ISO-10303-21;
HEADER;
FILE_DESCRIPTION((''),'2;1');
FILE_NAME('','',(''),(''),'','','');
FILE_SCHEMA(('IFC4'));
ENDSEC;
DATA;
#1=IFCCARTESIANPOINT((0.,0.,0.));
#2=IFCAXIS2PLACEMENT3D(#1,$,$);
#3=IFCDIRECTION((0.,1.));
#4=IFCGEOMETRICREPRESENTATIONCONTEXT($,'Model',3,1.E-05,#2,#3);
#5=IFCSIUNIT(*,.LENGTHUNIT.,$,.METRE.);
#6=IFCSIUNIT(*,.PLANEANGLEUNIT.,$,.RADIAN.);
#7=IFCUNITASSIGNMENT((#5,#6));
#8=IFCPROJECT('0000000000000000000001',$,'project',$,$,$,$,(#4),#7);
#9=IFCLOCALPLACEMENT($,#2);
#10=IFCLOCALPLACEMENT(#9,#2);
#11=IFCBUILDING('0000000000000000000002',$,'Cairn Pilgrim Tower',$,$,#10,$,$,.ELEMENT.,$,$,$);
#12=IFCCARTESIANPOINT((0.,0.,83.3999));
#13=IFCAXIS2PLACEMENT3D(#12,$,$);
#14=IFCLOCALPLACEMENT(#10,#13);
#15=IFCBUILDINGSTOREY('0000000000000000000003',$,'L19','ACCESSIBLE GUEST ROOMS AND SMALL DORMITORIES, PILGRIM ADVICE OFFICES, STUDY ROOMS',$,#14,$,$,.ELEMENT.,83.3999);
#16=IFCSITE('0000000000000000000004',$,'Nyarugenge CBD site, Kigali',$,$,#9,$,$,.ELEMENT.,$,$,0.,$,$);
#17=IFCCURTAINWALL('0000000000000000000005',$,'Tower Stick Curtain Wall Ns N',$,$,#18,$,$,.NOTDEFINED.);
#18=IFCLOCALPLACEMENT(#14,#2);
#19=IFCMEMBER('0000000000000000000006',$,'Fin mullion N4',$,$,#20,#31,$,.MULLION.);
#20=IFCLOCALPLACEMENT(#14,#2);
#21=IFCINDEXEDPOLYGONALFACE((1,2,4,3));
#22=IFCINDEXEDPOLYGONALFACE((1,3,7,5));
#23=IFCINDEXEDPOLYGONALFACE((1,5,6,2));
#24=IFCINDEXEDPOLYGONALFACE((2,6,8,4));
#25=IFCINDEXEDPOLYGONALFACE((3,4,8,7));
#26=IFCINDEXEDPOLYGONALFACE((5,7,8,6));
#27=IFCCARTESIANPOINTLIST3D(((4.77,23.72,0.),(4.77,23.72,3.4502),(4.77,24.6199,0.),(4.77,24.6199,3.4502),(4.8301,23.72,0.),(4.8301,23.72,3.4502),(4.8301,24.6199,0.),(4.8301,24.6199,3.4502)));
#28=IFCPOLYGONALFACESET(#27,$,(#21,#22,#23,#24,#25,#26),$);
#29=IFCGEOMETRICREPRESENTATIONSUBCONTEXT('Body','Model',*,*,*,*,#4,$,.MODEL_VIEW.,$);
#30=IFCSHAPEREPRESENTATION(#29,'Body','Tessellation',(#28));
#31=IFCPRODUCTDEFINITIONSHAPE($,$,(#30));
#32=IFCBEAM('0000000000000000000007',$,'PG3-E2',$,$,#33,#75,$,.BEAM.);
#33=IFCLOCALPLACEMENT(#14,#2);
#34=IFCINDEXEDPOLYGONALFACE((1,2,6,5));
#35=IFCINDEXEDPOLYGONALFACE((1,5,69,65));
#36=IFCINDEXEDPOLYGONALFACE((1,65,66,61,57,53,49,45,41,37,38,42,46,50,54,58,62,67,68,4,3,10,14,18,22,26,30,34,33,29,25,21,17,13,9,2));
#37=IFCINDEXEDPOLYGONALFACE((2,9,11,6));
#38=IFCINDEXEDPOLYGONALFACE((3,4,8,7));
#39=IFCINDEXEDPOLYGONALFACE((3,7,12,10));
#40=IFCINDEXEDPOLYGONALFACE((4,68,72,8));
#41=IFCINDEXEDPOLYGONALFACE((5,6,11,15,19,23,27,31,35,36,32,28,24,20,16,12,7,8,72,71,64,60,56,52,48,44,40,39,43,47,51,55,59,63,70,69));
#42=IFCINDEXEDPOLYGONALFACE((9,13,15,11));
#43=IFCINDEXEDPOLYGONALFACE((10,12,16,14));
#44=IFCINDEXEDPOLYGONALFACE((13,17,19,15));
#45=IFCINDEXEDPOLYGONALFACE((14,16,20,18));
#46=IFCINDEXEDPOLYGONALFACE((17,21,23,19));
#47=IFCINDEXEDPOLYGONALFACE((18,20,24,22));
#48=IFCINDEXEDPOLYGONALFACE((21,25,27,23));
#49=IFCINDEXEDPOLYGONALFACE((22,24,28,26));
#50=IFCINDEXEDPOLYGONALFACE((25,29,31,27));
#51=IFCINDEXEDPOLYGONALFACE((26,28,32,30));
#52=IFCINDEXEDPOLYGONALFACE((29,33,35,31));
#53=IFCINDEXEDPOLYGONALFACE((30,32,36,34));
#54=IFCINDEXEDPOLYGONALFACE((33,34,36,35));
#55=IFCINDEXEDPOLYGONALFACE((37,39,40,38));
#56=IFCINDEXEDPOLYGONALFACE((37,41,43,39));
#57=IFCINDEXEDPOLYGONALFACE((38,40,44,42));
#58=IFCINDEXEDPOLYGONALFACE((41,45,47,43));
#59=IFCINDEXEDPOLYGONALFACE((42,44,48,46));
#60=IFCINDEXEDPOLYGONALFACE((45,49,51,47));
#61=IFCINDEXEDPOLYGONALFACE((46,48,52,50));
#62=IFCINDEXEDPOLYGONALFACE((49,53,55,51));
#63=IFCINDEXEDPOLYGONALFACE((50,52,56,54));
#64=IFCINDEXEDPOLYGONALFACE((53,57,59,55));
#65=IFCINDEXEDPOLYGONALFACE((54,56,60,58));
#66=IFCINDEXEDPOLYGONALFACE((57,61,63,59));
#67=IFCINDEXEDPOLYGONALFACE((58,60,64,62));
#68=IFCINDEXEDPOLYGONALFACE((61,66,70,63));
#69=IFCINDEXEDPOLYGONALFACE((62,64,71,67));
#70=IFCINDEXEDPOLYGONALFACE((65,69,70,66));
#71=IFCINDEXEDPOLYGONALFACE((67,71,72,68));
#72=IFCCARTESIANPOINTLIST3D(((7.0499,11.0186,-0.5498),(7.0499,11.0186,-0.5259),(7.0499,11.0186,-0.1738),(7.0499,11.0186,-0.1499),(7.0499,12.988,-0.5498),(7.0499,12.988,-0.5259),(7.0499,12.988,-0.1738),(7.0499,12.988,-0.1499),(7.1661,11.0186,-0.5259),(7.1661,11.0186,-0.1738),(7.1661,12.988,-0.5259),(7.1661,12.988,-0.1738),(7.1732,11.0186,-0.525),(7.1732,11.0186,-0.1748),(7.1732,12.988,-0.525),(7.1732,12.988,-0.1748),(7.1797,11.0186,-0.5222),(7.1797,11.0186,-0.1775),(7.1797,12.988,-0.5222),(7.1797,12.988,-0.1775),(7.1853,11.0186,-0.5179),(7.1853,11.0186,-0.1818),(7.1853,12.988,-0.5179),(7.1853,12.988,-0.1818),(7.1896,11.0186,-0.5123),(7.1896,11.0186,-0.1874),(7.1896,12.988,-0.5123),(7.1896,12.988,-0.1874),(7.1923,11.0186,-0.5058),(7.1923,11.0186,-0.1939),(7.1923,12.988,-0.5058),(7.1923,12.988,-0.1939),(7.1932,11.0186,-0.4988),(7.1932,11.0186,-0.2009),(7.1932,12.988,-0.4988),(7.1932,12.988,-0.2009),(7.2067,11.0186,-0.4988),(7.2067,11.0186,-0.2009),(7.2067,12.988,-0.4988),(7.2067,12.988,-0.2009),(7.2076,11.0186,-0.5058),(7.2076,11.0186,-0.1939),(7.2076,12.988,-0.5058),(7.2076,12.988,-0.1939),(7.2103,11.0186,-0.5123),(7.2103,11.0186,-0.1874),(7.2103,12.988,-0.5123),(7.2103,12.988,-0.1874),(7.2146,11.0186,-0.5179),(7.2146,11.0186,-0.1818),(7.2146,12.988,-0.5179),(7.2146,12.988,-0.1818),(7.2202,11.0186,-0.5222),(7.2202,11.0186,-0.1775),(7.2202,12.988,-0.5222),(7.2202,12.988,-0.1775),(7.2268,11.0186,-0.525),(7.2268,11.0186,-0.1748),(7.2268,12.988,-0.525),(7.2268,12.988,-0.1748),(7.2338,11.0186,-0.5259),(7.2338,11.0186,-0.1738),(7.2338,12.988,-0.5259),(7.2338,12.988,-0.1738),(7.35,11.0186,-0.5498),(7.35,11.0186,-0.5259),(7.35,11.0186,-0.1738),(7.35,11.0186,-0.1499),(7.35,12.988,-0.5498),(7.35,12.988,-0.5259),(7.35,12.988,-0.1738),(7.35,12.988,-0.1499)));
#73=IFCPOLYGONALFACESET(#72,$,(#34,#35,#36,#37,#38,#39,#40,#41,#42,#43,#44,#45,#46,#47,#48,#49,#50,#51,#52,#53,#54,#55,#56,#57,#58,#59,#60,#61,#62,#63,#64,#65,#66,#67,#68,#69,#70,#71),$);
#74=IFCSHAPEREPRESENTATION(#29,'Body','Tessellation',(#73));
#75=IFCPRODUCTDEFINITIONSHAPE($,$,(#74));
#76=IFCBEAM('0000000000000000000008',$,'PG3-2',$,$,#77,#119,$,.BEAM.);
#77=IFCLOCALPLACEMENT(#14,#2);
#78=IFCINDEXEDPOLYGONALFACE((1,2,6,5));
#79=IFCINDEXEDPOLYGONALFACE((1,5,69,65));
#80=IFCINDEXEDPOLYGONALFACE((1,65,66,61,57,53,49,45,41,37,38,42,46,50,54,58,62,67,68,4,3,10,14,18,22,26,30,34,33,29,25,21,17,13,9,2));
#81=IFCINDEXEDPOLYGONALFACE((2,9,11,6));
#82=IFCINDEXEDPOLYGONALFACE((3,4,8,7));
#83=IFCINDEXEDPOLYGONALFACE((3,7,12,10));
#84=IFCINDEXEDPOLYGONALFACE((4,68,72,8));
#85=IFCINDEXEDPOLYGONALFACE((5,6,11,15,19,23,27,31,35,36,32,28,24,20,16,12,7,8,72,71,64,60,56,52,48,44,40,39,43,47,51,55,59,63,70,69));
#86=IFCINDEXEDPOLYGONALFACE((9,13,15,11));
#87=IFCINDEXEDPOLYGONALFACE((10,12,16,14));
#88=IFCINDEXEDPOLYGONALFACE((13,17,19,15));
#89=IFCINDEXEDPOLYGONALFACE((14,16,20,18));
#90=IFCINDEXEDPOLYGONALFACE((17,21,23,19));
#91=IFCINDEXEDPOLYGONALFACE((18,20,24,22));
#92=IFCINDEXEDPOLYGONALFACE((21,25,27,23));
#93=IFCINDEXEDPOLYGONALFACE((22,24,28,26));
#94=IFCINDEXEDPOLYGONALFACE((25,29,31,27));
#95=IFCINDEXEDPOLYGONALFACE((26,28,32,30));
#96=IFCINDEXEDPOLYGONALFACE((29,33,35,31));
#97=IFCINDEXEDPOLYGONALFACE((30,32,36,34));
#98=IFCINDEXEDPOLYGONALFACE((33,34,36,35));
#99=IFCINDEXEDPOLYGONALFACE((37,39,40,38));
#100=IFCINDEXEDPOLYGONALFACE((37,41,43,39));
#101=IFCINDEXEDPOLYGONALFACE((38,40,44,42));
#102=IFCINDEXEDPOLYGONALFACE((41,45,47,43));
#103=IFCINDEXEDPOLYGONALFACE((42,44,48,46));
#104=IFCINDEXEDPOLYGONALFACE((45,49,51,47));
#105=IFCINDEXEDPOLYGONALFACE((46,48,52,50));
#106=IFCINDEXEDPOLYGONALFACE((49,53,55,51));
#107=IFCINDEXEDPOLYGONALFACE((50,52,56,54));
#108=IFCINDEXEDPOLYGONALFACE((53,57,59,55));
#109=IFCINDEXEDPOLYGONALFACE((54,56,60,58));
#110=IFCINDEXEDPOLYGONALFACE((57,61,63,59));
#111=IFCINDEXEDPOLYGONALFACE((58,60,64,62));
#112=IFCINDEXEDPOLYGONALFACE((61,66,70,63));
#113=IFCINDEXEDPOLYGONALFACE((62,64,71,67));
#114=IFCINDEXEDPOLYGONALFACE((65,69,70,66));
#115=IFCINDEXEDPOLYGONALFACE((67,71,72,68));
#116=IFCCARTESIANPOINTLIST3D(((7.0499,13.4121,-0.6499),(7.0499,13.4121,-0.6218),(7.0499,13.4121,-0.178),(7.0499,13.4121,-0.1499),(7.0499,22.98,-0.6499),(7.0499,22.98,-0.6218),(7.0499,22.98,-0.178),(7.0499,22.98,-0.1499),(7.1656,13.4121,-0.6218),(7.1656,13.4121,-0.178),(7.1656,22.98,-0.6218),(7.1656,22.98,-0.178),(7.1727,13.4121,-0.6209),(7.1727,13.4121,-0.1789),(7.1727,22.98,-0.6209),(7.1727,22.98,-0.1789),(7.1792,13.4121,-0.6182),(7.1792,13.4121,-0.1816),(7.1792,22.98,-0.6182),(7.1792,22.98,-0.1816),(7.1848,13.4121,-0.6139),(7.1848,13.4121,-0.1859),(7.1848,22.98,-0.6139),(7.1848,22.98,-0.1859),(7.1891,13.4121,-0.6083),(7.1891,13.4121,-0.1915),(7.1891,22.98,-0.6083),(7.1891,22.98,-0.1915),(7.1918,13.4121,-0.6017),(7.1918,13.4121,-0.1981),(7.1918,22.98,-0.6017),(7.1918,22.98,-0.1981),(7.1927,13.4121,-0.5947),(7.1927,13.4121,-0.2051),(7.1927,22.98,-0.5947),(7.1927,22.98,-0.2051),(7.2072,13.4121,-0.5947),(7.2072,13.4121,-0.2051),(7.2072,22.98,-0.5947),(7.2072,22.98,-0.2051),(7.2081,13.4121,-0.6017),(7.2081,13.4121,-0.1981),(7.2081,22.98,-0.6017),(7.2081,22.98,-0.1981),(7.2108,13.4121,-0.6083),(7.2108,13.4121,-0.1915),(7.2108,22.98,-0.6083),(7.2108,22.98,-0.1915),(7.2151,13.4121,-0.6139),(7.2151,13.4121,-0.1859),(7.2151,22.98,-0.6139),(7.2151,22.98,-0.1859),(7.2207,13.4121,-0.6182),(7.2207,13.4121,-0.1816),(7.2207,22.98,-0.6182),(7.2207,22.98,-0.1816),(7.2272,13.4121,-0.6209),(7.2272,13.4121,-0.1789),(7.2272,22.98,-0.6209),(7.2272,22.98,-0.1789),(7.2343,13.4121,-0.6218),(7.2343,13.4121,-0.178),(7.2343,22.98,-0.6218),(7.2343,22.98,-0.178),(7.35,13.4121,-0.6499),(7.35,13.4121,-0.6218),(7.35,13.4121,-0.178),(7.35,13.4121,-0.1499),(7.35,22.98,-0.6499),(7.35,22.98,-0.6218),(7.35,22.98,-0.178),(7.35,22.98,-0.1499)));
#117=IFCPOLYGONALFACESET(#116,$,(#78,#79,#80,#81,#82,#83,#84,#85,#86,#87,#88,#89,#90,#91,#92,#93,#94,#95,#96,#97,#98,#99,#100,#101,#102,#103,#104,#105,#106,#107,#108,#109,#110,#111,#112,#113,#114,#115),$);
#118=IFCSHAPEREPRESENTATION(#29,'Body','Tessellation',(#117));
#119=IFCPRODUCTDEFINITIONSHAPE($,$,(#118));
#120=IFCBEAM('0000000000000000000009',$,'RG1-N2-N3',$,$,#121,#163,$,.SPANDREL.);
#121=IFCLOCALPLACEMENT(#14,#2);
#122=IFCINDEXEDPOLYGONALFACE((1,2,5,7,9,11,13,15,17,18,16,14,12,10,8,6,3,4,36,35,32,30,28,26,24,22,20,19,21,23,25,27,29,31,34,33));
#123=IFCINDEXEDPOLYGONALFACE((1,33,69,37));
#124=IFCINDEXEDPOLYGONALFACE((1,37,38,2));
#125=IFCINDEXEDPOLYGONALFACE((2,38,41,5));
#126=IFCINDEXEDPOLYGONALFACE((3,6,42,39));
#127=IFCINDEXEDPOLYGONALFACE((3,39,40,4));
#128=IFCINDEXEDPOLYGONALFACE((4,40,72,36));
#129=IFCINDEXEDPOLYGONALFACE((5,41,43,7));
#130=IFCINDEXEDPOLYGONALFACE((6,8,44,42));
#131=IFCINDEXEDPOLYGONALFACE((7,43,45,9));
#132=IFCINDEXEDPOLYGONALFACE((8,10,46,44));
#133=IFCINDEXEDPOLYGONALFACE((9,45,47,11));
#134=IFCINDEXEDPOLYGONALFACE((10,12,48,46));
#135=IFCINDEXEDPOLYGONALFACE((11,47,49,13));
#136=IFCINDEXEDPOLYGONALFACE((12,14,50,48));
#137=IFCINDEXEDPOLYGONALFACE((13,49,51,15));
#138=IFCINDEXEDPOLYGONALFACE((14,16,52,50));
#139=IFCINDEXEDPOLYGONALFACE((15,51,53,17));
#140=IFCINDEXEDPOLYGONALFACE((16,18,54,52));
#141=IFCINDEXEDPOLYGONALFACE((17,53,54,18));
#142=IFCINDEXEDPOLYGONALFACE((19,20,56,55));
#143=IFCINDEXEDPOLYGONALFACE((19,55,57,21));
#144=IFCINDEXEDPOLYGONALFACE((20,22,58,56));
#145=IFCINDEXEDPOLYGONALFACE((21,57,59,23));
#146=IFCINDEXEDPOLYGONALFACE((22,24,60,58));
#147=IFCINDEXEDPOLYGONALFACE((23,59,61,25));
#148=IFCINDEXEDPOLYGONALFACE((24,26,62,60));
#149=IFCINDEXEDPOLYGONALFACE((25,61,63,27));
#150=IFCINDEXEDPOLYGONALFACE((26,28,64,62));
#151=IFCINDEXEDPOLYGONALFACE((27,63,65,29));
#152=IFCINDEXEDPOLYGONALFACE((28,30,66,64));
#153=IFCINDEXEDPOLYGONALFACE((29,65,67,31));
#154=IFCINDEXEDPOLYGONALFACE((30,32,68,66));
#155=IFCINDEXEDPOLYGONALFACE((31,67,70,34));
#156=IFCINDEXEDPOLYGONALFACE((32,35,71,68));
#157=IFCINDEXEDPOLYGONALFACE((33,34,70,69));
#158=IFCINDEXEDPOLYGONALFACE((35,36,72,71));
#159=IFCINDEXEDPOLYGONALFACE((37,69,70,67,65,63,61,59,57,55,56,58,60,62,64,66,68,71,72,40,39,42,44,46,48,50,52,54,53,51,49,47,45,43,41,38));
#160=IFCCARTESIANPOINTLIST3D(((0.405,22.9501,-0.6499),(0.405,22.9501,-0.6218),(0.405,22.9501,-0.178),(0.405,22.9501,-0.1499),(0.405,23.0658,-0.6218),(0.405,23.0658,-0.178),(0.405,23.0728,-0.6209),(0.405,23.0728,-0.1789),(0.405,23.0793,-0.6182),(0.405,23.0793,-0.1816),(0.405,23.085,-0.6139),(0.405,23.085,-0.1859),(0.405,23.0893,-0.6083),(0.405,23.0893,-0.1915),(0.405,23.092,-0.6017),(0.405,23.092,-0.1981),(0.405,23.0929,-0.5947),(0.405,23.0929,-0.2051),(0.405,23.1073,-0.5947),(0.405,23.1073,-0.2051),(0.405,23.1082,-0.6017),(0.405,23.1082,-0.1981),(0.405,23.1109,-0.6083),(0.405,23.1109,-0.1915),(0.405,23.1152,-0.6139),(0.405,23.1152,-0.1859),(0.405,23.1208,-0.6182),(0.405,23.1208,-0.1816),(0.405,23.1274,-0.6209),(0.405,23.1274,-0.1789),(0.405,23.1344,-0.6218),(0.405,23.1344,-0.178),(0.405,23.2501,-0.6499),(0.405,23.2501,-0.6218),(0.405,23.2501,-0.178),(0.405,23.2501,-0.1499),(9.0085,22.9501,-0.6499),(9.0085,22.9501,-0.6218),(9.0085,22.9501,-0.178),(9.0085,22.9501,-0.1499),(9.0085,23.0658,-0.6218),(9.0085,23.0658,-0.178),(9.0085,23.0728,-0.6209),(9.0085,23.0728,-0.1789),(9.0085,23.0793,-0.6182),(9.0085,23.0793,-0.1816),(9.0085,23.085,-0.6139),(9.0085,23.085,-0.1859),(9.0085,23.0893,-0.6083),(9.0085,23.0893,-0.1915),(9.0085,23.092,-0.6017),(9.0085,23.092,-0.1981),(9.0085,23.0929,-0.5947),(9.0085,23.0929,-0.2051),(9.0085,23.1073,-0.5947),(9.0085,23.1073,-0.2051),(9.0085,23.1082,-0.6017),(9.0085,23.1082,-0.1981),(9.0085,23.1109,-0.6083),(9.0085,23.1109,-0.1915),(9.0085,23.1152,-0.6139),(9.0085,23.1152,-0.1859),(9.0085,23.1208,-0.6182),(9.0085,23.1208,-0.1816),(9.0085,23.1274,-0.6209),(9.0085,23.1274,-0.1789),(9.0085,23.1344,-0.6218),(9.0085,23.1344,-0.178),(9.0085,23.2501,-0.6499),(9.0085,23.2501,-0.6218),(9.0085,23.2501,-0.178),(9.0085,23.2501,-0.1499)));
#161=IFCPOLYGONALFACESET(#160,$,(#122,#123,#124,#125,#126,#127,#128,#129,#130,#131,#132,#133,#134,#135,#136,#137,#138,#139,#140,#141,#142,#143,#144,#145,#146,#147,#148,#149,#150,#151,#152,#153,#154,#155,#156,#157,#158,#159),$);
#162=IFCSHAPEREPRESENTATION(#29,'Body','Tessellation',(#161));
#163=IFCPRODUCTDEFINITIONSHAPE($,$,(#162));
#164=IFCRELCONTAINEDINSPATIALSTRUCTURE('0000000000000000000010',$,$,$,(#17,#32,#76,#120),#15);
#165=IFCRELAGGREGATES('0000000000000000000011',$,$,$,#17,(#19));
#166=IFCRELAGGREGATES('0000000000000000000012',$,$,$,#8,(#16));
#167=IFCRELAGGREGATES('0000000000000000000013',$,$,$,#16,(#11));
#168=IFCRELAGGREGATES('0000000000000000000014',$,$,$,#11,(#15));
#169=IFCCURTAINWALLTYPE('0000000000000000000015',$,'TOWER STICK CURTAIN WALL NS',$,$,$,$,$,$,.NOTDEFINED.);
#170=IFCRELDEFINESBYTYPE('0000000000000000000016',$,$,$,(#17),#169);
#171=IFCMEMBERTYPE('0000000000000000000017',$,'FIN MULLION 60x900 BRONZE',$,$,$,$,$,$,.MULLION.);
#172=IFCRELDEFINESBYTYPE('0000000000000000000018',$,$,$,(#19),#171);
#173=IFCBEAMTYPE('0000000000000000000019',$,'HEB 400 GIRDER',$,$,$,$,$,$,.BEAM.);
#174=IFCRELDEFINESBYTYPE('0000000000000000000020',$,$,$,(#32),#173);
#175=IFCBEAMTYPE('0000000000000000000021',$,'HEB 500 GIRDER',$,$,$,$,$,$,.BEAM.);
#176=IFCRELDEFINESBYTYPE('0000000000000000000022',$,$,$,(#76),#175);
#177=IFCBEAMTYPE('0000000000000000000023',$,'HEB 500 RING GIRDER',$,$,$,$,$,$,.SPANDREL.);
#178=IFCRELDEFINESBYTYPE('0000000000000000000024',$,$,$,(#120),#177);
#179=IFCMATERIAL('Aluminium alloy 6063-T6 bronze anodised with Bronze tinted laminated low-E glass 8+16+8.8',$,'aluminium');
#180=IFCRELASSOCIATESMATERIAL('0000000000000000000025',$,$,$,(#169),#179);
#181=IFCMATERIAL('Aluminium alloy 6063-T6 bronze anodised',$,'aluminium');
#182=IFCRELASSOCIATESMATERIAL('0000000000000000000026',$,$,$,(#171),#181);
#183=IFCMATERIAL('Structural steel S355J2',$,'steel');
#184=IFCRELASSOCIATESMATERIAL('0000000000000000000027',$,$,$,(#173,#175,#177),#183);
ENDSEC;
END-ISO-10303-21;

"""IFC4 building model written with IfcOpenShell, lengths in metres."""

from ifc_helpers import new_model, si_unit, direction, frame, origin, origin_2d, place, context, subcontext, project, spatial, rectangle, i_section, extrude, material, material_profile, profile_set, type_object, element, aggregate, save


model = new_model("IFC4")

# Units and contexts
model_context = context("Model", 3, precision=1e-05, world=origin(), true_north=direction((0.0, 1.0)))
body_context = subcontext(model_context, "Body", "Model", "MODEL_VIEW")
ifc_project = project(units=[si_unit("LENGTHUNIT", "METRE"), si_unit("PLANEANGLEUNIT", "RADIAN")], contexts=[model_context])

# Site, building, storey
site_placement = place(None, origin())
site = spatial("IfcSite", under=ifc_project, at=site_placement, Name="Nyarugenge CBD site, Kigali", CompositionType="ELEMENT", RefElevation=0.0)
building_placement = place(site_placement, origin())
building = spatial("IfcBuilding", under=site, at=building_placement, Name="Cairn Pilgrim Tower", CompositionType="ELEMENT")
storey_placement = place(building_placement, frame((0.0, 0.0, 83.3999)))
storey = spatial("IfcBuildingStorey", under=building, at=storey_placement, Name="L19", Description="ACCESSIBLE GUEST ROOMS AND SMALL DORMITORIES, PILGRIM ADVICE OFFICES, STUDY ROOMS", CompositionType="ELEMENT", Elevation=83.3999)

# Curtain wall, member
ifc_material_1 = material(Name="Aluminium alloy 6063-T6 bronze anodised with Bronze tinted laminated low-E glass 8+16+8.8", Category="aluminium")
curtain_wall_type = type_object("IfcCurtainWallType", Name="TOWER STICK CURTAIN WALL NS", PredefinedType="NOTDEFINED", material=ifc_material_1)
curtain_wall_placement = place(storey_placement, origin())
curtain_wall = element("IfcCurtainWall", 1, at=curtain_wall_placement, inside=storey, type_object=curtain_wall_type, Name="Tower Stick Curtain Wall Ns N", PredefinedType="NOTDEFINED")
ifc_material_2 = material(Name="Aluminium alloy 6063-T6 bronze anodised", Category="aluminium")
ifc_material_profile_1 = material_profile(ifc_material_2, rectangle(XDim=0.8999, YDim=0.0601, at=origin_2d()), Name="FIN MULLION 60x900 BRONZE")
ifc_profile_set_1 = profile_set([ifc_material_profile_1], Name="Aluminium alloy 6063-T6 bronze anodised")
member_type_1 = type_object("IfcMemberType", Name="FIN MULLION 60x900 BRONZE", PredefinedType="MULLION", material=ifc_profile_set_1)
member_1_placement = place(storey_placement, frame((4.8, 24.1699, 0.0), z_axis=(0.0, 0.0, 1.0), x_axis=(0.0, 1.0, 0.0)))
member_1 = element("IfcMember", 2, at=member_1_placement, type_object=member_type_1, Name="Fin mullion N4", PredefinedType="MULLION", context=body_context, shape_type="SweptSolid", body=[
    extrude(rectangle(XDim=0.8999, YDim=0.0601, at=origin_2d()), origin(), (0.0, 0.0, 1.0), 3.4502),
])

# Beams
ifc_material_3 = material(Name="Structural steel S355J2", Category="steel")
ifc_material_profile_2 = material_profile(ifc_material_3, i_section(OverallWidth=0.3, OverallDepth=0.3999, WebThickness=0.0134, FlangeThickness=0.0239, FilletRadius=0.0271, at=origin_2d()), Name="HEB 400")
ifc_profile_set_2 = profile_set([ifc_material_profile_2], Name="Structural steel S355J2")
beam_type_1 = type_object("IfcBeamType", Name="HEB 400 GIRDER", PredefinedType="BEAM", material=ifc_profile_set_2)
beam_1_placement = place(storey_placement, frame((7.2, 11.0186, -0.3499), z_axis=(0.0, 1.0, 0.0), x_axis=(-1.0, 0.0, 0.0)))
element("IfcBeam", 3, at=beam_1_placement, inside=storey, type_object=beam_type_1, Name="PG3-E2", PredefinedType="BEAM", context=body_context, shape_type="SweptSolid", body=[
    extrude(i_section(OverallWidth=0.3, OverallDepth=0.3999, WebThickness=0.0134, FlangeThickness=0.0239, FilletRadius=0.0271, at=origin_2d()), origin(), (0.0, 0.0, 1.0), 1.9695),
])
ifc_material_profile_3 = material_profile(ifc_material_3, i_section(OverallWidth=0.3, OverallDepth=0.5, WebThickness=0.0144, FlangeThickness=0.0281, FilletRadius=0.0271, at=origin_2d()), Name="HEB 500")
ifc_profile_set_3 = profile_set([ifc_material_profile_3], Name="Structural steel S355J2")
beam_type_2 = type_object("IfcBeamType", Name="HEB 500 GIRDER", PredefinedType="BEAM", material=ifc_profile_set_3)
beam_2_placement = place(storey_placement, frame((7.2, 13.4121, -0.3999), z_axis=(0.0, 1.0, 0.0), x_axis=(-1.0, 0.0, 0.0)))
element("IfcBeam", 4, at=beam_2_placement, inside=storey, type_object=beam_type_2, Name="PG3-2", PredefinedType="BEAM", context=body_context, shape_type="SweptSolid", body=[
    extrude(i_section(OverallWidth=0.3, OverallDepth=0.5, WebThickness=0.0144, FlangeThickness=0.0281, FilletRadius=0.0271, at=origin_2d()), origin(), (0.0, 0.0, 1.0), 9.5679),
])
ifc_material_profile_4 = material_profile(ifc_material_3, i_section(OverallWidth=0.3, OverallDepth=0.5, WebThickness=0.0144, FlangeThickness=0.0281, FilletRadius=0.0271, at=origin_2d()), Name="HEB 500")
ifc_profile_set_4 = profile_set([ifc_material_profile_4], Name="Structural steel S355J2")
beam_type_3 = type_object("IfcBeamType", Name="HEB 500 RING GIRDER", PredefinedType="SPANDREL", material=ifc_profile_set_4)
beam_3_placement = place(storey_placement, frame((9.0085, 23.1001, -0.3999), z_axis=(-1.0, 0.0, 0.0), x_axis=(0.0, -1.0, 0.0)))
element("IfcBeam", 5, at=beam_3_placement, inside=storey, type_object=beam_type_3, Name="RG1-N2-N3", PredefinedType="SPANDREL", context=body_context, shape_type="SweptSolid", body=[
    extrude(i_section(OverallWidth=0.3, OverallDepth=0.5, WebThickness=0.0144, FlangeThickness=0.0281, FilletRadius=0.0271, at=origin_2d()), origin(), (0.0, 0.0, 1.0), 8.6035),
])

aggregate(curtain_wall, [member_1])

save(model, "model.ifc")
